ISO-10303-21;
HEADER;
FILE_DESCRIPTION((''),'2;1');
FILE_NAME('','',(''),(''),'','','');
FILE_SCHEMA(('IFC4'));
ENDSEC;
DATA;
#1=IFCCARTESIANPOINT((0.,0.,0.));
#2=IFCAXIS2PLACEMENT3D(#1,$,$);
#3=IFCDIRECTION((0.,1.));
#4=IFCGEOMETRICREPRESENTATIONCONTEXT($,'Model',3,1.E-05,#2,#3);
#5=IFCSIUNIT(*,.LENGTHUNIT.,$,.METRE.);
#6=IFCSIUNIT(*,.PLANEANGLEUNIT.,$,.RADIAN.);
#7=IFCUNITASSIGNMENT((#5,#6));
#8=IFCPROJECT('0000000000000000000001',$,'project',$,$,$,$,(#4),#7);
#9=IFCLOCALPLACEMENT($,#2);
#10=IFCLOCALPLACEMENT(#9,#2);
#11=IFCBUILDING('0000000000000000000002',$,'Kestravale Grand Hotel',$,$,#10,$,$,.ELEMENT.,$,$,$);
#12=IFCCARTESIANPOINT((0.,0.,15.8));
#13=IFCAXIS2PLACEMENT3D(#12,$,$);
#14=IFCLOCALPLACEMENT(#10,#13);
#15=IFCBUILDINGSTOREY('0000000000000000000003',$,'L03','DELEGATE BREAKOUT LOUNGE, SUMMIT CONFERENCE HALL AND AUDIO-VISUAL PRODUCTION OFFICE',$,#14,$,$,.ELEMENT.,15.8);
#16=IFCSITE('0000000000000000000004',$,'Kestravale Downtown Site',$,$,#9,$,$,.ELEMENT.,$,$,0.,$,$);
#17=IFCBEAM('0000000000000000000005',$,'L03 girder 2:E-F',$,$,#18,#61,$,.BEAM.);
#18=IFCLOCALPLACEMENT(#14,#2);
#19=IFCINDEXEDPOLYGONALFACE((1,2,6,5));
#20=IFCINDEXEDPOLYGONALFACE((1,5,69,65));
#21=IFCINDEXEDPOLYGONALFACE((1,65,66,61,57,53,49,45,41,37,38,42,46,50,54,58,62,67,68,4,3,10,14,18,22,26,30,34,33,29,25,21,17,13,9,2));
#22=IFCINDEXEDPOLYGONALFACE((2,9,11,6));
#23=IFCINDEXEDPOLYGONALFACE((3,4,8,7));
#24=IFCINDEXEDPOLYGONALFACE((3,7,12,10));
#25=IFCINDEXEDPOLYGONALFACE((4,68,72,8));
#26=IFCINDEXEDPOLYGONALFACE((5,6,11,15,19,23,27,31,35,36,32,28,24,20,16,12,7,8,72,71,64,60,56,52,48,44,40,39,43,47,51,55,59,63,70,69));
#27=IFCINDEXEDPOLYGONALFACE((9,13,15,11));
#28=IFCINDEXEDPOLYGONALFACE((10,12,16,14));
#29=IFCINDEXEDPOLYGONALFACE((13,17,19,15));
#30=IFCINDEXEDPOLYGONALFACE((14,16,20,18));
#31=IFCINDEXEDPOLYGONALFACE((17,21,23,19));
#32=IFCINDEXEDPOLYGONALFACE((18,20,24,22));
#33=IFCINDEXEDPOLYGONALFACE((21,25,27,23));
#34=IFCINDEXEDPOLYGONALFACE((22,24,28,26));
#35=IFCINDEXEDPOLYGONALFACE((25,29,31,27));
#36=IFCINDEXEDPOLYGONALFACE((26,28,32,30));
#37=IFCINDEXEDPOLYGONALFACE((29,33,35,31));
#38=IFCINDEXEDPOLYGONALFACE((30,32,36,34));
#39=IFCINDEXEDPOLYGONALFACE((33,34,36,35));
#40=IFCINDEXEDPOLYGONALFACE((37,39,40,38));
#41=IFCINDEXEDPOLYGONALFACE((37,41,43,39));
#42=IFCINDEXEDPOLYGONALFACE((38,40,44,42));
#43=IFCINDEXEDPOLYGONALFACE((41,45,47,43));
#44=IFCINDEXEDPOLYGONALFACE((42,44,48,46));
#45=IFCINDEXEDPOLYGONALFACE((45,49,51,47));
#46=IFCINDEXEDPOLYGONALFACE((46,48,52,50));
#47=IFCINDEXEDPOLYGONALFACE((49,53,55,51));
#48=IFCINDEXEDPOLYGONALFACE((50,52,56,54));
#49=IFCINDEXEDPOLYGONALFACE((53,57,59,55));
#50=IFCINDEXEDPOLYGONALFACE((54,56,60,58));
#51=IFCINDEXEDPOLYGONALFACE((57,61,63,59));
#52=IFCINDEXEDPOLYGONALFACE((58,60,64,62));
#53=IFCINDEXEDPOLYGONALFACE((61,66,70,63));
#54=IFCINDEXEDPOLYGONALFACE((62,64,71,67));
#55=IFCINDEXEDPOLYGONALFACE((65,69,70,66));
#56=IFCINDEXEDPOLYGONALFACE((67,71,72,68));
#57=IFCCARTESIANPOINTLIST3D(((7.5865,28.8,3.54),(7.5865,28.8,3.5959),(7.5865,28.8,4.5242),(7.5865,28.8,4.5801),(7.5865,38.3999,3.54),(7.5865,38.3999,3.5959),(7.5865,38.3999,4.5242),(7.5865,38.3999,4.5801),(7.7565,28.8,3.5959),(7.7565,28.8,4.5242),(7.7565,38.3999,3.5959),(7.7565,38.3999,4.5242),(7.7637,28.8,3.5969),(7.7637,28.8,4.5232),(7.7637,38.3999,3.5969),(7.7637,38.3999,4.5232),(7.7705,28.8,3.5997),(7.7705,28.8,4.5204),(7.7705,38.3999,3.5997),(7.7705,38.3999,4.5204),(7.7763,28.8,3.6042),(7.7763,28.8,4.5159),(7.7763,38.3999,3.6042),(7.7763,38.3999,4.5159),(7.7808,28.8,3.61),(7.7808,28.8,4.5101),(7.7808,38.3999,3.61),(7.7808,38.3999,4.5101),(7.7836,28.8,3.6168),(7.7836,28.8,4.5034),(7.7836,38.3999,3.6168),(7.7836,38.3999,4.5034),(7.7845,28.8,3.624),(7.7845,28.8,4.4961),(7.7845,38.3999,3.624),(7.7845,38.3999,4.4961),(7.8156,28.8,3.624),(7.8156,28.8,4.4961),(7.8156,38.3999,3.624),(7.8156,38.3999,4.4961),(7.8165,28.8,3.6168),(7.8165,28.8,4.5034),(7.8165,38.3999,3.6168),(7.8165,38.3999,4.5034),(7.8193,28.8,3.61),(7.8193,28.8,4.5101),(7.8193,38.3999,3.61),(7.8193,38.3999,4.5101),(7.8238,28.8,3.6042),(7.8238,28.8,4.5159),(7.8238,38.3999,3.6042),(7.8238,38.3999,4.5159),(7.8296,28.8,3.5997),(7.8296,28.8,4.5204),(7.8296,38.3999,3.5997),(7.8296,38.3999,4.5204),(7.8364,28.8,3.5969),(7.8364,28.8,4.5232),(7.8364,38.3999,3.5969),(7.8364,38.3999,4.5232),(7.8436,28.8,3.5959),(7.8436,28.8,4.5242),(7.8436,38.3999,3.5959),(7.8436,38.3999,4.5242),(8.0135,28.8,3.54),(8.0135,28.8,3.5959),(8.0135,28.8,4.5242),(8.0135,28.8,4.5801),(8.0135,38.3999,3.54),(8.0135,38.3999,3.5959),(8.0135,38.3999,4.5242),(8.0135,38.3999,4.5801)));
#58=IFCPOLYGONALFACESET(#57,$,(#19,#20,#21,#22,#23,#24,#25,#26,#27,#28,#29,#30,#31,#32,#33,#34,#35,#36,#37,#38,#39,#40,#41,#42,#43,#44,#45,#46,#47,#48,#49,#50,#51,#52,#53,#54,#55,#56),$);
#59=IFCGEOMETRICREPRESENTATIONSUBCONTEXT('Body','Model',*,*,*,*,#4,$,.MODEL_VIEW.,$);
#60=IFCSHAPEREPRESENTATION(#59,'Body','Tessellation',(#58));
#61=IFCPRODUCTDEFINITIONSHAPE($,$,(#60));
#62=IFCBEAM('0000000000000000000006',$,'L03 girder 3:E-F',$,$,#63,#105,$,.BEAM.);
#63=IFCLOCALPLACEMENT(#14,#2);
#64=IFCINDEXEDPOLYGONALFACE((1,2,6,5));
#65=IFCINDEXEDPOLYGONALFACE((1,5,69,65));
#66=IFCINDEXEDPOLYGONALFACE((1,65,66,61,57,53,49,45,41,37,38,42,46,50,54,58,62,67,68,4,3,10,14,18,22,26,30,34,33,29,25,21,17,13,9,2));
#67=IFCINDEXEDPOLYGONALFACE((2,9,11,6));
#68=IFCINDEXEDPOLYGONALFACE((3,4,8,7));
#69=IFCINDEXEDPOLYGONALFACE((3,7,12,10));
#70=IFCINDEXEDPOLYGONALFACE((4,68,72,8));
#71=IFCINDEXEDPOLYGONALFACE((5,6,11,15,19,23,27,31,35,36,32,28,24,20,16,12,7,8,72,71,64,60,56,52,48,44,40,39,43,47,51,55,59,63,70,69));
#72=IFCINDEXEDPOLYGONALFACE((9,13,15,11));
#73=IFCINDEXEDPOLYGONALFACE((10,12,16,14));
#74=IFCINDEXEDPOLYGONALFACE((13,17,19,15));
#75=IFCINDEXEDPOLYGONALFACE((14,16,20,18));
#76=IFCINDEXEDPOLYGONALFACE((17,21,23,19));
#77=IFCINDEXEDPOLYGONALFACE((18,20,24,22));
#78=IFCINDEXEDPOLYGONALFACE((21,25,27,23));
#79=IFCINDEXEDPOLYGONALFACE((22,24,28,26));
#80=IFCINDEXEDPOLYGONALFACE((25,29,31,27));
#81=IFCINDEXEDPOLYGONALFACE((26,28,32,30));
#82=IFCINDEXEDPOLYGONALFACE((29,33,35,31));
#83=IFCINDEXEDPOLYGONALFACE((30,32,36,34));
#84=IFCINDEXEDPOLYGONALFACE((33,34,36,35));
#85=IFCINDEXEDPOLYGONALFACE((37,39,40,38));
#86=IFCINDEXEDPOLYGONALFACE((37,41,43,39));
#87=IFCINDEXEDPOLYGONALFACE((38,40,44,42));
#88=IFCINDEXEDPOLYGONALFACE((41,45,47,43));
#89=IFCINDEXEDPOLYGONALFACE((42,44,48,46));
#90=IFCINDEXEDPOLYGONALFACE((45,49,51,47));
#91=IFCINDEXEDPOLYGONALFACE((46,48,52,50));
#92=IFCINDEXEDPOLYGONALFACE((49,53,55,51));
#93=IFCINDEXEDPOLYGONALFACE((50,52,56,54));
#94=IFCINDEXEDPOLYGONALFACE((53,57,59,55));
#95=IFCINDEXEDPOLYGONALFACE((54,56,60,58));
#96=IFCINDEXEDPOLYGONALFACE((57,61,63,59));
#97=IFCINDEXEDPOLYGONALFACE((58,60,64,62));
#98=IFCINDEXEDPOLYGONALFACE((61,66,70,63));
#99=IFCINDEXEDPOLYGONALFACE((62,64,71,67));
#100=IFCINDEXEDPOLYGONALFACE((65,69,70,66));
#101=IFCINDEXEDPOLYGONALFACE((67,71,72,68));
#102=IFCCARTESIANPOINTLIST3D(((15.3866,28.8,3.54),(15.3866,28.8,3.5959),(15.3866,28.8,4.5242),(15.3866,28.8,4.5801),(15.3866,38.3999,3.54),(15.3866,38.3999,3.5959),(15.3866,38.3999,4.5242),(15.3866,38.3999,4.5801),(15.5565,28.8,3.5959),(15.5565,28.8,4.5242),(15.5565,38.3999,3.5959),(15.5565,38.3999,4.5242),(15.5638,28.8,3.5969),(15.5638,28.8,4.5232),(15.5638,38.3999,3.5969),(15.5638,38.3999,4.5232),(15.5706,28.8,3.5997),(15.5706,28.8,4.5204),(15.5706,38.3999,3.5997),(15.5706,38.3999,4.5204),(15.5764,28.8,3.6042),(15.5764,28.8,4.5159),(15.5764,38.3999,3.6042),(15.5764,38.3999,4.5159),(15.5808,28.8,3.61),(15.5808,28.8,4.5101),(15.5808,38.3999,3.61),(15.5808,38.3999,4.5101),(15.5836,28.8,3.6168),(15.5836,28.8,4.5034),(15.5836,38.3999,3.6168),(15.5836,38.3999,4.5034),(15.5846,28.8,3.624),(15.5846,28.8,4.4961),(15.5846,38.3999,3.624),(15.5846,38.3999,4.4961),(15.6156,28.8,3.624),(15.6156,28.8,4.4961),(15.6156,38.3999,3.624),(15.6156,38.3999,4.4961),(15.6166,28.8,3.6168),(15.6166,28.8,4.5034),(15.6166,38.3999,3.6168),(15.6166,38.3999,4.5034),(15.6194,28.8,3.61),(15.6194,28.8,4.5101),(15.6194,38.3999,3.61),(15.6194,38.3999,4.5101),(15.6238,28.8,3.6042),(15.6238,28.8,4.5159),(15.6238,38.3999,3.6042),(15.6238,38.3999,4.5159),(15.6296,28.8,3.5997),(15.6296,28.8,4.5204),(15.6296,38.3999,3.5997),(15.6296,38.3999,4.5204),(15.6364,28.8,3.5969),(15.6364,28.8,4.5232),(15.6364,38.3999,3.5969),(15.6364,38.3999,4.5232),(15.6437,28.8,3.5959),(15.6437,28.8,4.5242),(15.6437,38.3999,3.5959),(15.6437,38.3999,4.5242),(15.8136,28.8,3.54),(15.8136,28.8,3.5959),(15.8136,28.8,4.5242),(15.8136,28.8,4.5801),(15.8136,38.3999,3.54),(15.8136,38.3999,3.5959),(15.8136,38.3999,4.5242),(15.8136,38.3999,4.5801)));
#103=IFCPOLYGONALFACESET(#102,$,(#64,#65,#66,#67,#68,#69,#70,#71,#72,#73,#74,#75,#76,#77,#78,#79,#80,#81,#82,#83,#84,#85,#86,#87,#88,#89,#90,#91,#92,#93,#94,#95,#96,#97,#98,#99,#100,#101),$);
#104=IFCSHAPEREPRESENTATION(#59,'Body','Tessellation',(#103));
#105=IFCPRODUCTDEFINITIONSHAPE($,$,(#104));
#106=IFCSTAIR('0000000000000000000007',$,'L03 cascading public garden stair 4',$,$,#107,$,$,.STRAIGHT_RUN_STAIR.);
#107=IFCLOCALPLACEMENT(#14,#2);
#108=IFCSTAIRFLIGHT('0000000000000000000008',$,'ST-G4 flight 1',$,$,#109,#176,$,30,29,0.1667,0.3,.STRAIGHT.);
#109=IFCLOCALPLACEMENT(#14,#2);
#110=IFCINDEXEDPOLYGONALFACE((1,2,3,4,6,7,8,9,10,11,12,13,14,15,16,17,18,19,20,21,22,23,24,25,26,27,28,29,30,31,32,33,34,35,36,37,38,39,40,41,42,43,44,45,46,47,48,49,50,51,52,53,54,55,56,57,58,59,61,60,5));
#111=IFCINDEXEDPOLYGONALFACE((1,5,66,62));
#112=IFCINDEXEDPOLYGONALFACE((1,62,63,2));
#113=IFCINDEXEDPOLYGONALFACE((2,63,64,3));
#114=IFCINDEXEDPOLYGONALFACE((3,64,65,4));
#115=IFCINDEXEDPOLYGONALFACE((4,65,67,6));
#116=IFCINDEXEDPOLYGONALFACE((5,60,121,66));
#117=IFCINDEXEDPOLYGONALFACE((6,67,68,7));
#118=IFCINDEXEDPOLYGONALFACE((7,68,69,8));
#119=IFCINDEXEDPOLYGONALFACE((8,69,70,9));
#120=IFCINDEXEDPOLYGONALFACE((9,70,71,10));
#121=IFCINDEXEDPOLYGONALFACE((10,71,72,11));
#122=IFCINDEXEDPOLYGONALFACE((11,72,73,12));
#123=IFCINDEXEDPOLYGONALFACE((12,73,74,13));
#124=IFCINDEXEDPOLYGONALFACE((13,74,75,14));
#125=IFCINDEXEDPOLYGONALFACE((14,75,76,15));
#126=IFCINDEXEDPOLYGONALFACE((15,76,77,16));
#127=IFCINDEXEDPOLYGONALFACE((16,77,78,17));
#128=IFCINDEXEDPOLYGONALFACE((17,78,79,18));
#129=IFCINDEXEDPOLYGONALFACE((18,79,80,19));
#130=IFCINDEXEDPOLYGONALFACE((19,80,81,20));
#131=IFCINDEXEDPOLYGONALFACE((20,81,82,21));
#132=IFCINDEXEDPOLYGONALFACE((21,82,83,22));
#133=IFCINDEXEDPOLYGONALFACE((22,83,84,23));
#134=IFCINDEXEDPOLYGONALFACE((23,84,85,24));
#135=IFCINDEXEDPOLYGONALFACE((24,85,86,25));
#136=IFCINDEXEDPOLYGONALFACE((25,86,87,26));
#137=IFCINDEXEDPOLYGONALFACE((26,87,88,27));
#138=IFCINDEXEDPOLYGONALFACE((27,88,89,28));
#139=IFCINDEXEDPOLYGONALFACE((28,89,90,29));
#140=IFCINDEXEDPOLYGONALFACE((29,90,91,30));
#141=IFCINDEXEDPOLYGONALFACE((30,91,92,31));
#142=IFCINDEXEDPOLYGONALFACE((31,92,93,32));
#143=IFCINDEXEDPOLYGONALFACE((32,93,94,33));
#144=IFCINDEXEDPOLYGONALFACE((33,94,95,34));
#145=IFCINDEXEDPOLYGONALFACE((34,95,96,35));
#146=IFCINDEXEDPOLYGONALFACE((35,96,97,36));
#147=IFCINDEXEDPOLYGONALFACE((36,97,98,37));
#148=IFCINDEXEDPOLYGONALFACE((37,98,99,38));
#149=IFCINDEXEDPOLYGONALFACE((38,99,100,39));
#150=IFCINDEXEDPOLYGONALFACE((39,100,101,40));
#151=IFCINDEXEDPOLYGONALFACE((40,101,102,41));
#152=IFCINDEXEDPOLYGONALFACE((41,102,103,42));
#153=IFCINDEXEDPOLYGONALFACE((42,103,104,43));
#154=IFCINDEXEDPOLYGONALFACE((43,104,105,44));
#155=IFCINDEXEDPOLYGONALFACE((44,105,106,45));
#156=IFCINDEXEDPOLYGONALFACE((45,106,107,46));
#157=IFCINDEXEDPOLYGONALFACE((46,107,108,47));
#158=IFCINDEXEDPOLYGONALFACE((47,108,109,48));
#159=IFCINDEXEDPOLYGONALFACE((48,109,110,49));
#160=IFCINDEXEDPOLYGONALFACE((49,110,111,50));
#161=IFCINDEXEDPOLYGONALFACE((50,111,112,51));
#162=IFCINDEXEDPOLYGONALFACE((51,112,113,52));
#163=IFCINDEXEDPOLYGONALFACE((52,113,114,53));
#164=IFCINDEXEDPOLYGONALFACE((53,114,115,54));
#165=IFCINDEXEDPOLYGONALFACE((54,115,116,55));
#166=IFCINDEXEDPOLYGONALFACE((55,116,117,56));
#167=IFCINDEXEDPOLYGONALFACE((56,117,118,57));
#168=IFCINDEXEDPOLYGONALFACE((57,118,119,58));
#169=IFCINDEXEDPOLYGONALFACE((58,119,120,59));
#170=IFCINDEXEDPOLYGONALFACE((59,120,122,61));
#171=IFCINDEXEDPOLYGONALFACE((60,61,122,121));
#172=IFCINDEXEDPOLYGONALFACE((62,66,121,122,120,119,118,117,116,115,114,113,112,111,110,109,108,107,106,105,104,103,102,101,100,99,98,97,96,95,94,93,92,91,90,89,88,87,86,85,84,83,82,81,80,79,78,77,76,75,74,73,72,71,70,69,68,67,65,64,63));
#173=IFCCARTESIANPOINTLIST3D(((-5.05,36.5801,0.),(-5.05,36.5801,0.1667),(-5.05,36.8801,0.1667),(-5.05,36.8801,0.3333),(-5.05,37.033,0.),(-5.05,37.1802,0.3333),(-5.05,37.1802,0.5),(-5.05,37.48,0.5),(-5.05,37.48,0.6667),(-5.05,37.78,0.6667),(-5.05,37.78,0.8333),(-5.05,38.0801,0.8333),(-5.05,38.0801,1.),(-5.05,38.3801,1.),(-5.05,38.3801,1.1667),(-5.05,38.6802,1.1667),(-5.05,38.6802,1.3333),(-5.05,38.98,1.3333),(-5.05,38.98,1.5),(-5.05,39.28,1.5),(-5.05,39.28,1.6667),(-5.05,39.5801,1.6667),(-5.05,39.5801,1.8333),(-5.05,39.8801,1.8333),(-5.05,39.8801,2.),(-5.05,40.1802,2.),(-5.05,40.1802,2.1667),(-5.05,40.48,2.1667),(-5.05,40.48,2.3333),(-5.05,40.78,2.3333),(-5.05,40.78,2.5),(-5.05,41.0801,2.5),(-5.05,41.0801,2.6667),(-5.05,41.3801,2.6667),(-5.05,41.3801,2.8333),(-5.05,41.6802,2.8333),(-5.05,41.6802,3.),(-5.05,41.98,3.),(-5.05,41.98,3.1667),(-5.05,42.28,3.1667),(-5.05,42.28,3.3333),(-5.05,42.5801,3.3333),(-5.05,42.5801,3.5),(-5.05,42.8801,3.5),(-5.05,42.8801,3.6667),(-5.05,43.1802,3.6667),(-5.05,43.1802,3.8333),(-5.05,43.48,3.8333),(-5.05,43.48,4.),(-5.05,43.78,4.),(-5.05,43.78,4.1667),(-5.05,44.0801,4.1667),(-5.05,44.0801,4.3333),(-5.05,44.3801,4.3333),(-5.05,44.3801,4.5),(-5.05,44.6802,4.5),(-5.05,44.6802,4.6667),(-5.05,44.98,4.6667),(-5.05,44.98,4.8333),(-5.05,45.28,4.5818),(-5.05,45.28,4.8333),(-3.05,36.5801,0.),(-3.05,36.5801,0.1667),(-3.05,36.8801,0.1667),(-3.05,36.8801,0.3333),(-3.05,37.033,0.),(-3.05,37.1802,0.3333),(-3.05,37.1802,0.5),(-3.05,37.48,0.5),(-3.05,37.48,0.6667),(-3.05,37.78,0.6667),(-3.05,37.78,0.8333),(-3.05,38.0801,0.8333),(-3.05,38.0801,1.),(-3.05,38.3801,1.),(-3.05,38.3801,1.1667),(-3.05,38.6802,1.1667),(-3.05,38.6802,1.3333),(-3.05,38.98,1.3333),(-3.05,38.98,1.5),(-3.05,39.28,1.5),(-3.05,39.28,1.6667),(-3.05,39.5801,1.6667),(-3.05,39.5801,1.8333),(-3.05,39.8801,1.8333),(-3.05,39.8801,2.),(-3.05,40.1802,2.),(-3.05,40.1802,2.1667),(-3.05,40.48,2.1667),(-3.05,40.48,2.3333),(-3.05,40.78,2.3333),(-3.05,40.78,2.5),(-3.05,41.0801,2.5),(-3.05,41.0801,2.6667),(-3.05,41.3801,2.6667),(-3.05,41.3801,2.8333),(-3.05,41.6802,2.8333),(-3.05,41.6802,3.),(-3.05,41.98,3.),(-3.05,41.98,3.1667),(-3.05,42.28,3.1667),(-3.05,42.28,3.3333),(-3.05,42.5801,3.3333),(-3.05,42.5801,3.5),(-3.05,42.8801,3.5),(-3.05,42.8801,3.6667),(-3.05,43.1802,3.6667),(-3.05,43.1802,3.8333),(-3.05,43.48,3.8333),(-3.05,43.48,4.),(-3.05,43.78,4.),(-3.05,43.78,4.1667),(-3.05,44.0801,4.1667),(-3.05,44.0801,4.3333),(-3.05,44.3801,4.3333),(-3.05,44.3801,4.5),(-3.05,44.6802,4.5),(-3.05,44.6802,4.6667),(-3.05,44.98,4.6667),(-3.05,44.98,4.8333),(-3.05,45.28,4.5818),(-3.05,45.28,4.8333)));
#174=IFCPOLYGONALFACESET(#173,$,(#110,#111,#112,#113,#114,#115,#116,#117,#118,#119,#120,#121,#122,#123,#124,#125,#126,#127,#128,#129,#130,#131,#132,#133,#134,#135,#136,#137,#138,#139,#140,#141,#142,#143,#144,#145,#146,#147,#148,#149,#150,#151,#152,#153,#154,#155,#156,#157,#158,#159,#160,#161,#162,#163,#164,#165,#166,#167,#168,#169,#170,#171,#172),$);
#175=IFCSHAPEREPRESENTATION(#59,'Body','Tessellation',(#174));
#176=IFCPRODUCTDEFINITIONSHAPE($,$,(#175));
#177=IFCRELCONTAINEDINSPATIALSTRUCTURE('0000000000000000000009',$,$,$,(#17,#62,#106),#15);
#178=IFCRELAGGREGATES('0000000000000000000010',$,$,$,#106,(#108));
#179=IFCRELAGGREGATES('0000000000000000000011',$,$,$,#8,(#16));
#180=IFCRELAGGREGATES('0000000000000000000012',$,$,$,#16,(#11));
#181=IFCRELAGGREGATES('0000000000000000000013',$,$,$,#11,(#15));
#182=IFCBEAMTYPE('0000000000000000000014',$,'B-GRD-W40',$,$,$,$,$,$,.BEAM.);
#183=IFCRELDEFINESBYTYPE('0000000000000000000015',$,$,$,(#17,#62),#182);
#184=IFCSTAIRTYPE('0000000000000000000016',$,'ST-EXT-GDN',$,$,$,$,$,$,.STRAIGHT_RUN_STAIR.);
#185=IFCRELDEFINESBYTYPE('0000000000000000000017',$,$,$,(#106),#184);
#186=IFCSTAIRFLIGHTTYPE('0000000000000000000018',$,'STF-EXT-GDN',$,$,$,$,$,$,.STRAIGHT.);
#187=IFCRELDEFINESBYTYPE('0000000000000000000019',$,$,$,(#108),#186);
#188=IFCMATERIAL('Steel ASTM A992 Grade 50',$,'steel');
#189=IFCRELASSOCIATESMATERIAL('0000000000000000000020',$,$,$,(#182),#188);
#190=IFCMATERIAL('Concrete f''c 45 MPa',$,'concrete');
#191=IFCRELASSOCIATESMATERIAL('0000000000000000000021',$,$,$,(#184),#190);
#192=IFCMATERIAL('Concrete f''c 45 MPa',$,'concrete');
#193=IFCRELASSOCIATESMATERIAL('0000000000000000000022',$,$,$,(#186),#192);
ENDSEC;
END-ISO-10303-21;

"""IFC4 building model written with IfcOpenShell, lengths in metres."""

from ifc_helpers import new_model, si_unit, direction, frame, origin, origin_2d, place, context, subcontext, project, spatial, polyline, i_section, outline, extrude, material, material_profile, profile_set, type_object, element, aggregate, save


model = new_model("IFC4")

# Units and contexts
model_context = context("Model", 3, precision=1e-05, world=origin(), true_north=direction((0.0, 1.0)))
body_context = subcontext(model_context, "Body", "Model", "MODEL_VIEW")
ifc_project = project(units=[si_unit("LENGTHUNIT", "METRE"), si_unit("PLANEANGLEUNIT", "RADIAN")], contexts=[model_context])

# Site, building, storey
site_placement = place(None, origin())
site = spatial("IfcSite", under=ifc_project, at=site_placement, Name="Kestravale Downtown Site", CompositionType="ELEMENT", RefElevation=0.0)
building_placement = place(site_placement, origin())
building = spatial("IfcBuilding", under=site, at=building_placement, Name="Kestravale Grand Hotel", CompositionType="ELEMENT")
storey_placement = place(building_placement, frame((0.0, 0.0, 15.8)))
storey = spatial("IfcBuildingStorey", under=building, at=storey_placement, Name="L03", Description="DELEGATE BREAKOUT LOUNGE, SUMMIT CONFERENCE HALL AND AUDIO-VISUAL PRODUCTION OFFICE", CompositionType="ELEMENT", Elevation=15.8)

# Beams
ifc_material_1 = material(Name="Steel ASTM A992 Grade 50", Category="steel")
ifc_material_profile_1 = material_profile(ifc_material_1, i_section(OverallWidth=0.427, OverallDepth=1.04, WebThickness=0.031, FlangeThickness=0.0559, FilletRadius=0.0281, at=origin_2d()))
ifc_profile_set_1 = profile_set([ifc_material_profile_1], Name="Steel ASTM A992 Grade 50")
beam_type_1 = type_object("IfcBeamType", Name="B-GRD-W40", PredefinedType="BEAM", material=ifc_profile_set_1)
for number, where, z_axis, x_axis, name in (
    (1, (7.8, 28.8, 4.0601), (0.0, 1.0, 0.0), (-1.0, 0.0, 0.0), "L03 girder 2:E-F"),
    (2, (15.6001, 28.8, 4.0601), (0.0, 1.0, 0.0), (-1.0, 0.0, 0.0), "L03 girder 3:E-F"),
):
    element("IfcBeam", number, at=place(storey_placement, frame(where, z_axis=z_axis, x_axis=x_axis)), inside=storey, type_object=beam_type_1, Name=name, PredefinedType="BEAM", context=body_context, shape_type="SweptSolid", body=[
        extrude(i_section(OverallWidth=0.427, OverallDepth=1.04, WebThickness=0.031, FlangeThickness=0.0559, FilletRadius=0.0281, at=origin_2d()), origin(), (0.0, 0.0, 1.0), 9.5999),
    ])

# Stair, stair flight
ifc_material_2 = material(Name="Concrete f'c 45 MPa", Category="concrete")
stair_type = type_object("IfcStairType", Name="ST-EXT-GDN", PredefinedType="STRAIGHT_RUN_STAIR", material=ifc_material_2)
stair_placement = place(storey_placement, origin())
stair = element("IfcStair", 3, at=stair_placement, inside=storey, type_object=stair_type, Name="L03 cascading public garden stair 4", PredefinedType="STRAIGHT_RUN_STAIR")
ifc_material_3 = material(Name="Concrete f'c 45 MPa", Category="concrete")
stair_flight_type = type_object("IfcStairFlightType", Name="STF-EXT-GDN", PredefinedType="STRAIGHT", material=ifc_material_3)
stair_flight_placement = place(storey_placement, frame((-4.05, 36.5801, 0.0), z_axis=(0.0, 0.0, 1.0), x_axis=(0.0, 1.0, 0.0)))
stair_flight = element("IfcStairFlight", 4, at=stair_flight_placement, type_object=stair_flight_type, Name="ST-G4 flight 1", NumberOfRisers=30, NumberOfTreads=29, PredefinedType="STRAIGHT", RiserHeight=0.1667, TreadLength=0.3, context=body_context, shape_type="SweptSolid", body=[
    extrude(outline(polyline([(0.0, 0.0), (0.0, 0.1667), (0.3, 0.1667), (0.3, 0.3333), (0.6001, 0.3333), (0.6001, 0.5), (0.8999, 0.5), (0.8999, 0.6667), (1.2, 0.6667), (1.2, 0.8333), (1.5, 0.8333), (1.5, 1.0), (1.8, 1.0), (1.8, 1.1667), (2.1001, 1.1667), (2.1001, 1.3333), (2.3999, 1.3333), (2.3999, 1.5), (2.7, 1.5), (2.7, 1.6667), (3.0, 1.6667), (3.0, 1.8333), (3.3, 1.8333), (3.3, 2.0), (3.6001, 2.0), (3.6001, 2.1667), (3.8999, 2.1667), (3.8999, 2.3333), (4.2, 2.3333), (4.2, 2.5), (4.5, 2.5), (4.5, 2.6667), (4.8, 2.6667), (4.8, 2.8333), (5.1001, 2.8333), (5.1001, 3.0), (5.3999, 3.0), (5.3999, 3.1667), (5.7, 3.1667), (5.7, 3.3333), (6.0, 3.3333), (6.0, 3.5), (6.3, 3.5), (6.3, 3.6667), (6.6001, 3.6667), (6.6001, 3.8333), (6.8999, 3.8333), (6.8999, 4.0), (7.2, 4.0), (7.2, 4.1667), (7.5, 4.1667), (7.5, 4.3333), (7.8, 4.3333), (7.8, 4.5), (8.1001, 4.5), (8.1001, 4.6667), (8.3999, 4.6667), (8.3999, 4.8333), (8.7, 4.8333), (8.7, 5.0), (8.7, 4.5818), (0.4529, 0.0), (0.0, 0.0)])), frame((0.0, 1.0, 0.0), z_axis=(0.0, -1.0, 0.0), x_axis=(1.0, 0.0, 0.0)), (0.0, 0.0, 1.0), 2.0),
])
aggregate(stair, [stair_flight])

save(model, "model.ifc")
